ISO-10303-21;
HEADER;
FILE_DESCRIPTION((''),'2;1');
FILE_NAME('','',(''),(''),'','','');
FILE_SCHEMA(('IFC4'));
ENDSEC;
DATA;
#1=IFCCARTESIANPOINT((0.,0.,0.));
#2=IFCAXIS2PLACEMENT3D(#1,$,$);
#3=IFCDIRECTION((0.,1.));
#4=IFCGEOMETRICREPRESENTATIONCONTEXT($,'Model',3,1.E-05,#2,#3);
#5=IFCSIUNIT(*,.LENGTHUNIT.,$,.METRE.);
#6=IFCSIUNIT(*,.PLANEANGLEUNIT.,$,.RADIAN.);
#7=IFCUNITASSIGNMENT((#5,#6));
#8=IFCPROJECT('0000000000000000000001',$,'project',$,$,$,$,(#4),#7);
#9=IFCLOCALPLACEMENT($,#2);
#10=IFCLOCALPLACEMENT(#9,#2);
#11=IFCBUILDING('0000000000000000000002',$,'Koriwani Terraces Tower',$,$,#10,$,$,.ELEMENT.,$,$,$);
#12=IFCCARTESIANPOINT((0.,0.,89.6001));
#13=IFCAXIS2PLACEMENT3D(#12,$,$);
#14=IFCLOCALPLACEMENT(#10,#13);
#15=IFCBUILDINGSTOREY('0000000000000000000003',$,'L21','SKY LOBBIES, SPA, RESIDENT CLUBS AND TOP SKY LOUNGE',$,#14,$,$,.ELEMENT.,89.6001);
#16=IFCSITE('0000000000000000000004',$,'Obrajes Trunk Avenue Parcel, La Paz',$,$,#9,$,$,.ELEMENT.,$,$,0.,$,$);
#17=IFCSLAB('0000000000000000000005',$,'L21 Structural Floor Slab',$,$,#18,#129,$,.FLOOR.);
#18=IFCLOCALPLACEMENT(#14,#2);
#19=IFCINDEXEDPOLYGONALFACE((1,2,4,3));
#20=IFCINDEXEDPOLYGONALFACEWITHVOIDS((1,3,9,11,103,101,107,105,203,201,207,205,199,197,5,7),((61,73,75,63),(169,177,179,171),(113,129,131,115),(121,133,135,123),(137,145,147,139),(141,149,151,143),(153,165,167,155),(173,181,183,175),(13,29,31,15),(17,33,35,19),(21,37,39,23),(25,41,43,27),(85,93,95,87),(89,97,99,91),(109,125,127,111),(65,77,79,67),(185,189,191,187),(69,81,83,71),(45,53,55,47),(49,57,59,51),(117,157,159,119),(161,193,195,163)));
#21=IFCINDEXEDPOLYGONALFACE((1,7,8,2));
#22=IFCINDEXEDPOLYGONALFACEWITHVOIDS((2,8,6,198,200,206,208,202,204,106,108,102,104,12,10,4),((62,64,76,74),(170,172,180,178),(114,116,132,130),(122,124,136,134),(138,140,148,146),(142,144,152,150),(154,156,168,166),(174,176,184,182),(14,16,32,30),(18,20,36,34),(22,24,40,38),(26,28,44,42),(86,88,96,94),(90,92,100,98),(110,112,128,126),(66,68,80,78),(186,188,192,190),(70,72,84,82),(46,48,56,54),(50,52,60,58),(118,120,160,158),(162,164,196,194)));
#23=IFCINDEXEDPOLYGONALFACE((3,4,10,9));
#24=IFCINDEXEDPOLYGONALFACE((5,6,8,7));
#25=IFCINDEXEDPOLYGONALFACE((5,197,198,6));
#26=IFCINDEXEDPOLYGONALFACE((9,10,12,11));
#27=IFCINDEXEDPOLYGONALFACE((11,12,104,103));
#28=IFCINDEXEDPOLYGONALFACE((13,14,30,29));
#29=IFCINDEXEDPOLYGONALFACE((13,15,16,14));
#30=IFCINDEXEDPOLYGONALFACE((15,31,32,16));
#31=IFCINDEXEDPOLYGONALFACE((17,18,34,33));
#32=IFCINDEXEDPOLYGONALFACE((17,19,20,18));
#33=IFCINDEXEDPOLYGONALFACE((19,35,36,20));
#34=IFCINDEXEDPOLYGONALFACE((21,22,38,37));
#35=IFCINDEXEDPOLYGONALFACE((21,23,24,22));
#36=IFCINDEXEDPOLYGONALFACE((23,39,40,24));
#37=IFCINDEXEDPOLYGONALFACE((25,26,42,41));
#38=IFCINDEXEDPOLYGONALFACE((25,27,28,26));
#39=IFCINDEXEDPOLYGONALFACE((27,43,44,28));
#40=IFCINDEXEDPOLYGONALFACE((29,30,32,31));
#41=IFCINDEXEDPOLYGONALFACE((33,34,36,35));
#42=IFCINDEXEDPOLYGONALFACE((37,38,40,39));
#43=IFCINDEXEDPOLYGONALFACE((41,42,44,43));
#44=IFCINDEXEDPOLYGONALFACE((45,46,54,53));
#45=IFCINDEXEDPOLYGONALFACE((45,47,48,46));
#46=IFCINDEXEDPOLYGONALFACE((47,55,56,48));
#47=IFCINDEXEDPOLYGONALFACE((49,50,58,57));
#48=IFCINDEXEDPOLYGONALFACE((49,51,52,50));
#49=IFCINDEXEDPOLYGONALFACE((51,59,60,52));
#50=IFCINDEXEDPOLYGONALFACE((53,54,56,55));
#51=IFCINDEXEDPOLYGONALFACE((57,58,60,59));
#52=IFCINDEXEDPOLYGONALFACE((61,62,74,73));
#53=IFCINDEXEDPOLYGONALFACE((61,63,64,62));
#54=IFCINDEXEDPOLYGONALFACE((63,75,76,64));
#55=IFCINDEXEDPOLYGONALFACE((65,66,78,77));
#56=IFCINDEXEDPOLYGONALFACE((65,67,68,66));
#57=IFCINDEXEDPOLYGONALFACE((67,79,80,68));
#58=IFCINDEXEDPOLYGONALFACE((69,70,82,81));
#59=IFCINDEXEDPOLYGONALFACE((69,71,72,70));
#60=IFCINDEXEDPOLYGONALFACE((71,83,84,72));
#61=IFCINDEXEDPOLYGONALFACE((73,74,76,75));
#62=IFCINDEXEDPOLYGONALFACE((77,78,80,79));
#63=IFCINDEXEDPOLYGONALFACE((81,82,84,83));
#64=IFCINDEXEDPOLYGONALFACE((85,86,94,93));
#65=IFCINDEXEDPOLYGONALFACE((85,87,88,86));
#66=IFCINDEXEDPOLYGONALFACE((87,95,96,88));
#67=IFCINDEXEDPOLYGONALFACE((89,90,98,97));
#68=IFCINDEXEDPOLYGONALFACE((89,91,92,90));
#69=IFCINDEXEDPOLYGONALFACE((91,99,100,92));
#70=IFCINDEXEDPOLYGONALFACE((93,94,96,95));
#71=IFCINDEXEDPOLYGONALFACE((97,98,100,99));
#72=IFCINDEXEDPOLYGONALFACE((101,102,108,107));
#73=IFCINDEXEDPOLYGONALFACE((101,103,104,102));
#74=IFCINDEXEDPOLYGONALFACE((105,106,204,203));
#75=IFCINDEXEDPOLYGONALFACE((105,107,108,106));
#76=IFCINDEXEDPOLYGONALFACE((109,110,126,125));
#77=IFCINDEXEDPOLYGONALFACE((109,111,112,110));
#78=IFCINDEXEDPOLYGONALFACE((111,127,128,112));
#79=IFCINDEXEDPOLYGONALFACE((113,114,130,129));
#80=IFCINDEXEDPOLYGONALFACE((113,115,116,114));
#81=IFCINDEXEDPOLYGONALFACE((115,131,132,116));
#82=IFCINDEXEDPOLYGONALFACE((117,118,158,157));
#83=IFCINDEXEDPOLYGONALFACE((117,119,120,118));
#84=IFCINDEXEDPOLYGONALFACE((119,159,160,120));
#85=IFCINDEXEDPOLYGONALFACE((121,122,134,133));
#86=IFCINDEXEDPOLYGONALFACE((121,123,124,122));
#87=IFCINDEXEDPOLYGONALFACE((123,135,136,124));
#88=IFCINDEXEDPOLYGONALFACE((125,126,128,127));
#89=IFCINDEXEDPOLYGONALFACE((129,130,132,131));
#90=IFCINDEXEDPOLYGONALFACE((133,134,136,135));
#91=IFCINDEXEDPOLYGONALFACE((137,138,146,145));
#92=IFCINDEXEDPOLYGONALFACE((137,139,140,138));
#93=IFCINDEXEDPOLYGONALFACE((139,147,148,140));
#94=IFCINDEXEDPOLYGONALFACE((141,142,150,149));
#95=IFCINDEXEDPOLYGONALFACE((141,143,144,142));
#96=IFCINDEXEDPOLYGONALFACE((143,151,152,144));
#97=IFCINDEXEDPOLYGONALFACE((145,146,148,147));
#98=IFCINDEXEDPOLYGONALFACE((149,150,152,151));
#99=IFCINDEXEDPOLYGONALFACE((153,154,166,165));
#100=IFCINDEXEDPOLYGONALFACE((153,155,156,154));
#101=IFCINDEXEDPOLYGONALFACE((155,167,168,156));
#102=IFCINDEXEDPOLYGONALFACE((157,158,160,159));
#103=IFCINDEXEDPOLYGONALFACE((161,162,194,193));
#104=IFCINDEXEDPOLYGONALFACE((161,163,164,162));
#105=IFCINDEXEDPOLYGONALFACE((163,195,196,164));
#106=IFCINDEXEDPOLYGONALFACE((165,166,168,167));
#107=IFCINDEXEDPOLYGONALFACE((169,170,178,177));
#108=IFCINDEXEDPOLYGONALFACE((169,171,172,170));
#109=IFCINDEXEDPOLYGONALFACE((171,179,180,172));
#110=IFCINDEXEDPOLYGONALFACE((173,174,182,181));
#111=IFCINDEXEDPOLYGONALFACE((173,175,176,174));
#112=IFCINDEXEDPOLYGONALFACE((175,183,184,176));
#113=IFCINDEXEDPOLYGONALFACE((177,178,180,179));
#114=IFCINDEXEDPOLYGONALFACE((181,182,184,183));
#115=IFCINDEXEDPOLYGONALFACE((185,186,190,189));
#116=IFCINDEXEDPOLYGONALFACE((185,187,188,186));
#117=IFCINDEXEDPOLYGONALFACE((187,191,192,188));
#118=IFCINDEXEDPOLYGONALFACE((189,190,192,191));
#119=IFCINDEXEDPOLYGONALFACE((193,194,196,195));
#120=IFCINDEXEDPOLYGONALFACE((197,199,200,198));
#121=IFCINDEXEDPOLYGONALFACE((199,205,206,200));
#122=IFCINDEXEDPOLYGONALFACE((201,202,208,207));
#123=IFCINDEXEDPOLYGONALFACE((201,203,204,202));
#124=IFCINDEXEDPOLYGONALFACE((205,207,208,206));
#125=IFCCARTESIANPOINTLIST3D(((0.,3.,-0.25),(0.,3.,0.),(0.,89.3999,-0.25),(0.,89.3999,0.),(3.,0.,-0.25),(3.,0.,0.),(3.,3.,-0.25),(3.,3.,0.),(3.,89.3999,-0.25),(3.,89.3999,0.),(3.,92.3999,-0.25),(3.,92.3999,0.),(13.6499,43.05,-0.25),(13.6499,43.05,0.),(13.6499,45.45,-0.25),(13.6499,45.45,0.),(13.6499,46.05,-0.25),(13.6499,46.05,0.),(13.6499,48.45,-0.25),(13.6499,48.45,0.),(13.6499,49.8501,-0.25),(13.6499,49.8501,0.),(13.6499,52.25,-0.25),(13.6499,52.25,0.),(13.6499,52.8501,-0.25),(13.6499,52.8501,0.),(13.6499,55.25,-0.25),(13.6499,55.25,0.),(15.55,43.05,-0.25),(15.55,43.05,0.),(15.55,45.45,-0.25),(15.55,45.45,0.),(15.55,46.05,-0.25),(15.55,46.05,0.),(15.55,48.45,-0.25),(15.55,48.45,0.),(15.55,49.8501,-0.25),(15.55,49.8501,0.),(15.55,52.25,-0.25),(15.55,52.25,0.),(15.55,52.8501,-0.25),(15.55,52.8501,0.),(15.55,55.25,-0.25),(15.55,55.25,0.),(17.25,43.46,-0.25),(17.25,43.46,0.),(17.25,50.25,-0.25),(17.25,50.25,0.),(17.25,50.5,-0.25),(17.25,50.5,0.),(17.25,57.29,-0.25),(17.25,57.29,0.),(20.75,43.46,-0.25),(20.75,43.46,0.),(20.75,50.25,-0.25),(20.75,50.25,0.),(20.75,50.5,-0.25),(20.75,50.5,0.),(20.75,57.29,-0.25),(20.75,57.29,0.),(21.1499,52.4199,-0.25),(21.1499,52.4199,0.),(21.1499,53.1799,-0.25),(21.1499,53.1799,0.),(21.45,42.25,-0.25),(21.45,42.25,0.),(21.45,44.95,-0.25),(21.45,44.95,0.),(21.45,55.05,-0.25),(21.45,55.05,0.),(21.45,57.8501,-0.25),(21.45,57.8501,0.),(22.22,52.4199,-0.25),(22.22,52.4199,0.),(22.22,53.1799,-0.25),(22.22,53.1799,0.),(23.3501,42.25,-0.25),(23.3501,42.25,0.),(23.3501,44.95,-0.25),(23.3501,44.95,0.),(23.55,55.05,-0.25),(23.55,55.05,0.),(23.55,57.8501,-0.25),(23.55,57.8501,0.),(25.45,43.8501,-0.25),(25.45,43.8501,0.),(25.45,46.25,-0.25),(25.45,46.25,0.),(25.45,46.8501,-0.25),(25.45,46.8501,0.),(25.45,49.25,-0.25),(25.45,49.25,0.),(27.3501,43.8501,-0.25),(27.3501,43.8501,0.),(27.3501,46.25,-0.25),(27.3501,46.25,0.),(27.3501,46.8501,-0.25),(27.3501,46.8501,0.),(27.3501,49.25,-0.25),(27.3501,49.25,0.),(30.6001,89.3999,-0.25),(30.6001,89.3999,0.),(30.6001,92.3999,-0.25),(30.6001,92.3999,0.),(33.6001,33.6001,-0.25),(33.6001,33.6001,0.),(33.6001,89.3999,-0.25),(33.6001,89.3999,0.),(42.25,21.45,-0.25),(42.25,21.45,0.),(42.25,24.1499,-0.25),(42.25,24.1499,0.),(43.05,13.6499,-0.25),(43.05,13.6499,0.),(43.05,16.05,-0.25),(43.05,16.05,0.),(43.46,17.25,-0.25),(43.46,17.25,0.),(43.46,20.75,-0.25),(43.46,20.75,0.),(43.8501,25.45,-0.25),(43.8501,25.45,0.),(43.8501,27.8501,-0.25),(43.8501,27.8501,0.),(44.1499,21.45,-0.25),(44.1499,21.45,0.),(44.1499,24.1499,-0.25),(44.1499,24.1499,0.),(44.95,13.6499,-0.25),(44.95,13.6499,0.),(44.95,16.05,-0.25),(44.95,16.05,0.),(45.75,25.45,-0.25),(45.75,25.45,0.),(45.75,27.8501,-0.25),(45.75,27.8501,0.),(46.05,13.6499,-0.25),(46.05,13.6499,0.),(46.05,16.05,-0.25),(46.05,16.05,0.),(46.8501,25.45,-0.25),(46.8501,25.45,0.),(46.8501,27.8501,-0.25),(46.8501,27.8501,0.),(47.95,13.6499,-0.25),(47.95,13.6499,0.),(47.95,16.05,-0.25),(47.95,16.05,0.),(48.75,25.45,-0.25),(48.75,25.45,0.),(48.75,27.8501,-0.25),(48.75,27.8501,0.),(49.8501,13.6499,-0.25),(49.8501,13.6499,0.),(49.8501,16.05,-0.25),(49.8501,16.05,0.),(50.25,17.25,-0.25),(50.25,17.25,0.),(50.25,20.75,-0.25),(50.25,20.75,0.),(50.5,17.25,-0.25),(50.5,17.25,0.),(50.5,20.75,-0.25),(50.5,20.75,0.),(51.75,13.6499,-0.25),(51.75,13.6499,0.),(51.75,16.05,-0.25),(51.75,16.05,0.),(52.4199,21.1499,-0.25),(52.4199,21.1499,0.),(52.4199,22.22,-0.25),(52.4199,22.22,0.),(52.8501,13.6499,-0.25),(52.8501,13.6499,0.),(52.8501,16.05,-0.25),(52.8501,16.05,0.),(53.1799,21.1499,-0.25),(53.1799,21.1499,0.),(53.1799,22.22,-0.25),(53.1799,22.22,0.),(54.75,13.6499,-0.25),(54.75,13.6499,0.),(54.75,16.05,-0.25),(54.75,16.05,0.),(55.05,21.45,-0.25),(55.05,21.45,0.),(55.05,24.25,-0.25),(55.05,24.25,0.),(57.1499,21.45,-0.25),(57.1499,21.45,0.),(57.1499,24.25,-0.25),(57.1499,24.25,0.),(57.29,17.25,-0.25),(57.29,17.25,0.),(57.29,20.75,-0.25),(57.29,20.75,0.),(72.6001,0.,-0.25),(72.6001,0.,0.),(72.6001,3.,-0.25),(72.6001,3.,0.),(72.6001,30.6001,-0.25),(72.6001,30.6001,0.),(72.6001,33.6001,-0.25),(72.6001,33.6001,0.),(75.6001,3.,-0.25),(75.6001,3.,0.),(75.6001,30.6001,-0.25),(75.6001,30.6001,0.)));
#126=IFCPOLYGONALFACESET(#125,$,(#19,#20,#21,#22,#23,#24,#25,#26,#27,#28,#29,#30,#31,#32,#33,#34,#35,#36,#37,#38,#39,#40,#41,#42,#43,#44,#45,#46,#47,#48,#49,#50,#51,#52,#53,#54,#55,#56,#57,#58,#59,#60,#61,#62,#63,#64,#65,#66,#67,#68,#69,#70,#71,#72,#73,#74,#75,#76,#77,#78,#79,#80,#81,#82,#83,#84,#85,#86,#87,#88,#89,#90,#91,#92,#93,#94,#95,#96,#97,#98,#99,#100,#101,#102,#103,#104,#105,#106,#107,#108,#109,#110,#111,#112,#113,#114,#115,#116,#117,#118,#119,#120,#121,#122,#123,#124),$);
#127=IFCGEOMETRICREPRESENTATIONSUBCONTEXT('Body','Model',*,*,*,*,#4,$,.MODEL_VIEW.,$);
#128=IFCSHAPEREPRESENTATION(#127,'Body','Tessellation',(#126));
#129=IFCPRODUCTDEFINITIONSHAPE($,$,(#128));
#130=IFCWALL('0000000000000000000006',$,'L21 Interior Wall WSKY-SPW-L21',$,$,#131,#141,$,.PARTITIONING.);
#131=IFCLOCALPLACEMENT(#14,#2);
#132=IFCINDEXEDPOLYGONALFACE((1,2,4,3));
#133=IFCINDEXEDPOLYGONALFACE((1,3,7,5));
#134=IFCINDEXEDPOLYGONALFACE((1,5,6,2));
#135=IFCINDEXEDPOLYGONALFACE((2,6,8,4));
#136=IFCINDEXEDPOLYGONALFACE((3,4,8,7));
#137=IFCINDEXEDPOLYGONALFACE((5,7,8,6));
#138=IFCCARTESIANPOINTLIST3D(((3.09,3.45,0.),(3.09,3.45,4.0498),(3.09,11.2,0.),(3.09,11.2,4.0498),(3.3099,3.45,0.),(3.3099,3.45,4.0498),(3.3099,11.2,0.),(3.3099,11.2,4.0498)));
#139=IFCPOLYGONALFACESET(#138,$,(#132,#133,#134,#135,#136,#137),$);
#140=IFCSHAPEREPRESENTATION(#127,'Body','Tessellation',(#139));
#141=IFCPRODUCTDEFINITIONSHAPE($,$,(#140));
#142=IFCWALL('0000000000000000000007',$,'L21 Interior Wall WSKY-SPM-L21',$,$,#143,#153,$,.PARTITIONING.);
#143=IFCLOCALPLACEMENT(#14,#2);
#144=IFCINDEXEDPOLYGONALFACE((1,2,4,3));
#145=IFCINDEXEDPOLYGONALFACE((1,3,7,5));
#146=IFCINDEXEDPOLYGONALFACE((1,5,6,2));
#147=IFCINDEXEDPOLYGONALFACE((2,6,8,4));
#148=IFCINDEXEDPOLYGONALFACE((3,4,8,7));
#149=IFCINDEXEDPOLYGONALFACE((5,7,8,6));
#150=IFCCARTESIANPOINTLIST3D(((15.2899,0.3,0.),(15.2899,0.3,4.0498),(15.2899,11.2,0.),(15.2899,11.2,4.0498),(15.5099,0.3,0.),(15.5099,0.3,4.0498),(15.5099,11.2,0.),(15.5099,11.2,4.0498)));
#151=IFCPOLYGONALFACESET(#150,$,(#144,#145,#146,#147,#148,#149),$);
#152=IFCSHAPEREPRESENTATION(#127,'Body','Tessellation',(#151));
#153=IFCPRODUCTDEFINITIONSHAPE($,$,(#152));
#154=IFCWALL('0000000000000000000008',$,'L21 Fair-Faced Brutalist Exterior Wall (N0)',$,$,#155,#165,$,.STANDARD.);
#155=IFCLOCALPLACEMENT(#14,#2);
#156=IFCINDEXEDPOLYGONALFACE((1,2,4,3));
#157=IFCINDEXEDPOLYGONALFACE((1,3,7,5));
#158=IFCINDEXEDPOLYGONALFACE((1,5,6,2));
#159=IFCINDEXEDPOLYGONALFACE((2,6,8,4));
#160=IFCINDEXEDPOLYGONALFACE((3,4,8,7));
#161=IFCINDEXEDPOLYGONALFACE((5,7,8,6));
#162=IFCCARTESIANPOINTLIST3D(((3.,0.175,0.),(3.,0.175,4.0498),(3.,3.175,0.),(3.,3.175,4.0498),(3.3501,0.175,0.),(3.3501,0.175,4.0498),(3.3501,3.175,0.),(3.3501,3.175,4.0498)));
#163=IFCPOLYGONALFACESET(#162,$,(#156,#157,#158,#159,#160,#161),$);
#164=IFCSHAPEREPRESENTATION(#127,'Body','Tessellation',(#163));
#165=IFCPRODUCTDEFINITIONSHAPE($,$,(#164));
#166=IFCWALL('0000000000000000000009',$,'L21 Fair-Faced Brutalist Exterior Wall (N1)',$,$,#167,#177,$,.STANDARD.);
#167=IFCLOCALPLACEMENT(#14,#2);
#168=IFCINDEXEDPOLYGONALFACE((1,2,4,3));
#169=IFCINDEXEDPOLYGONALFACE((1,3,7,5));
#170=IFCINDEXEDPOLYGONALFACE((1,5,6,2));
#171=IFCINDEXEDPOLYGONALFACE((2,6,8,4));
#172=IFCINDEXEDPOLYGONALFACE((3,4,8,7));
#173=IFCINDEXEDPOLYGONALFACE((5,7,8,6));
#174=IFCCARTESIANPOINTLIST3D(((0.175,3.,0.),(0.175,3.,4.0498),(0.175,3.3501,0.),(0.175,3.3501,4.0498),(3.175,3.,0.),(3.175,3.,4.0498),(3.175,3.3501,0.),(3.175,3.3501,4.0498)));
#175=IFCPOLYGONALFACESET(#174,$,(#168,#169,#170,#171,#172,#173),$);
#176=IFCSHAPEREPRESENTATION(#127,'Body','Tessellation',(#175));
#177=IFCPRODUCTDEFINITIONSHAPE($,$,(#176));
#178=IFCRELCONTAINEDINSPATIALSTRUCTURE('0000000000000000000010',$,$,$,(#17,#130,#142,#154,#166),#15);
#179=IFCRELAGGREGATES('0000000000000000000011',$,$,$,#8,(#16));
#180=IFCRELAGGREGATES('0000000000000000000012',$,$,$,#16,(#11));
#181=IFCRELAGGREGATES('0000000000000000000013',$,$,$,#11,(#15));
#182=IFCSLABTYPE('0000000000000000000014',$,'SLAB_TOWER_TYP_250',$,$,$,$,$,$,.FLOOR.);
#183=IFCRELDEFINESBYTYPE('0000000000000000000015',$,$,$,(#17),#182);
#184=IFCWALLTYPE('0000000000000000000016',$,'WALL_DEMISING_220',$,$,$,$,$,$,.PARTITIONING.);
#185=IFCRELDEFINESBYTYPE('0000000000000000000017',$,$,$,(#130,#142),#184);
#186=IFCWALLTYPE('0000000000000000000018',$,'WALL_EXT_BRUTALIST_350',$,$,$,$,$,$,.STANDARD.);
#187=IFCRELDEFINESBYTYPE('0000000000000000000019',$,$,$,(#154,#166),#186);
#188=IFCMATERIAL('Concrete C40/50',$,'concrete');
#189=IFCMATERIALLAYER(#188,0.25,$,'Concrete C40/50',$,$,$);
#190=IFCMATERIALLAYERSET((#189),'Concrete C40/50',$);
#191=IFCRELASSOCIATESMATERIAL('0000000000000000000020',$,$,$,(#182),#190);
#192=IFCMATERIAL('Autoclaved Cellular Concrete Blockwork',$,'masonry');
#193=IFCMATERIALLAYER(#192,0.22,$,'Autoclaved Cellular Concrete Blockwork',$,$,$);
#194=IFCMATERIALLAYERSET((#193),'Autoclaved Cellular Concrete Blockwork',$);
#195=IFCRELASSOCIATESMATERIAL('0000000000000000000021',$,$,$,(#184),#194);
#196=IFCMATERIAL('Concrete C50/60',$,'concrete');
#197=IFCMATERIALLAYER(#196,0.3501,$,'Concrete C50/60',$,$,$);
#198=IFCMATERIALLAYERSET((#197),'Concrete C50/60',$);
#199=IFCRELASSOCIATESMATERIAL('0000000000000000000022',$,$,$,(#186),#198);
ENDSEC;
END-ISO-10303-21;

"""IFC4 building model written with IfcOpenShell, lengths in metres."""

from ifc_helpers import new_model, si_unit, direction, frame, frame_2d, origin, place, context, subcontext, project, spatial, polyline, rectangle, outline, extrude, material, layer, layer_set, type_object, element, save


model = new_model("IFC4")

# Units and contexts
model_context = context("Model", 3, precision=1e-05, world=origin(), true_north=direction((0.0, 1.0)))
body_context = subcontext(model_context, "Body", "Model", "MODEL_VIEW")
ifc_project = project(units=[si_unit("LENGTHUNIT", "METRE"), si_unit("PLANEANGLEUNIT", "RADIAN")], contexts=[model_context])

# Site, building, storey
site_placement = place(None, origin())
site = spatial("IfcSite", under=ifc_project, at=site_placement, Name="Obrajes Trunk Avenue Parcel, La Paz", CompositionType="ELEMENT", RefElevation=0.0)
building_placement = place(site_placement, origin())
building = spatial("IfcBuilding", under=site, at=building_placement, Name="Koriwani Terraces Tower", CompositionType="ELEMENT")
storey_placement = place(building_placement, frame((0.0, 0.0, 89.6001)))
storey = spatial("IfcBuildingStorey", under=building, at=storey_placement, Name="L21", Description="SKY LOBBIES, SPA, RESIDENT CLUBS AND TOP SKY LOUNGE", CompositionType="ELEMENT", Elevation=89.6001)

# Shared definitions
ifc_material_1 = material(Name="Concrete C40/50", Category="concrete")
ifc_material_2 = material(Name="Concrete C50/60", Category="concrete")

# Slab
ifc_layer_1 = layer(ifc_material_1, 0.25, Name="Concrete C40/50")
ifc_layer_set_1 = layer_set([ifc_layer_1], Name="Concrete C40/50")
slab_type_1 = type_object("IfcSlabType", Name="SLAB_TOWER_TYP_250", PredefinedType="FLOOR", material=ifc_layer_set_1)
slab_1_placement = place(storey_placement, frame((0.0, 0.0, -0.25)))
element("IfcSlab", 1, at=slab_1_placement, inside=storey, type_object=slab_type_1, Name="L21 Structural Floor Slab", PredefinedType="FLOOR", context=body_context, shape_type="SweptSolid", body=[
    extrude(outline(polyline([(3.0, 0.0), (72.6001, 0.0), (72.6001, 3.0), (75.6001, 3.0), (75.6001, 30.6001), (72.6001, 30.6001), (72.6001, 33.6001), (33.6001, 33.6001), (33.6001, 89.3999), (30.6001, 89.3999), (30.6001, 92.3999), (3.0, 92.3999), (3.0, 89.3999), (0.0, 89.3999), (0.0, 3.0), (3.0, 3.0), (3.0, 0.0)]), holes=[polyline([(17.25, 43.46), (20.75, 43.46), (20.75, 50.25), (17.25, 50.25), (17.25, 43.46)]), polyline([(17.25, 50.5), (20.75, 50.5), (20.75, 57.29), (17.25, 57.29), (17.25, 50.5)]), polyline([(43.46, 17.25), (50.25, 17.25), (50.25, 20.75), (43.46, 20.75), (43.46, 17.25)]), polyline([(50.5, 17.25), (57.29, 17.25), (57.29, 20.75), (50.5, 20.75), (50.5, 17.25)]), polyline([(13.6499, 43.05), (15.55, 43.05), (15.55, 45.45), (13.6499, 45.45), (13.6499, 43.05)]), polyline([(13.6499, 46.05), (15.55, 46.05), (15.55, 48.45), (13.6499, 48.45), (13.6499, 46.05)]), polyline([(43.05, 13.6499), (44.95, 13.6499), (44.95, 16.05), (43.05, 16.05), (43.05, 13.6499)]), polyline([(46.05, 13.6499), (47.95, 13.6499), (47.95, 16.05), (46.05, 16.05), (46.05, 13.6499)]), polyline([(13.6499, 49.8501), (15.55, 49.8501), (15.55, 52.25), (13.6499, 52.25), (13.6499, 49.8501)]), polyline([(13.6499, 52.8501), (15.55, 52.8501), (15.55, 55.25), (13.6499, 55.25), (13.6499, 52.8501)]), polyline([(49.8501, 13.6499), (51.75, 13.6499), (51.75, 16.05), (49.8501, 16.05), (49.8501, 13.6499)]), polyline([(52.8501, 13.6499), (54.75, 13.6499), (54.75, 16.05), (52.8501, 16.05), (52.8501, 13.6499)]), polyline([(25.45, 43.8501), (27.3501, 43.8501), (27.3501, 46.25), (25.45, 46.25), (25.45, 43.8501)]), polyline([(25.45, 46.8501), (27.3501, 46.8501), (27.3501, 49.25), (25.45, 49.25), (25.45, 46.8501)]), polyline([(43.8501, 25.45), (45.75, 25.45), (45.75, 27.8501), (43.8501, 27.8501), (43.8501, 25.45)]), polyline([(46.8501, 25.45), (48.75, 25.45), (48.75, 27.8501), (46.8501, 27.8501), (46.8501, 25.45)]), polyline([(21.45, 55.05), (23.55, 55.05), (23.55, 57.8501), (21.45, 57.8501), (21.45, 55.05)]), polyline([(55.05, 21.45), (57.1499, 21.45), (57.1499, 24.25), (55.05, 24.25), (55.05, 21.45)]), polyline([(21.45, 42.25), (23.3501, 42.25), (23.3501, 44.95), (21.45, 44.95), (21.45, 42.25)]), polyline([(42.25, 21.45), (44.1499, 21.45), (44.1499, 24.1499), (42.25, 24.1499), (42.25, 21.45)]), polyline([(21.1499, 52.4199), (22.22, 52.4199), (22.22, 53.1799), (21.1499, 53.1799), (21.1499, 52.4199)]), polyline([(52.4199, 21.1499), (53.1799, 21.1499), (53.1799, 22.22), (52.4199, 22.22), (52.4199, 21.1499)])]), origin(), (0.0, 0.0, 1.0), 0.25),
])

# Walls
ifc_material_3 = material(Name="Autoclaved Cellular Concrete Blockwork", Category="masonry")
ifc_layer_2 = layer(ifc_material_3, 0.22, Name="Autoclaved Cellular Concrete Blockwork")
ifc_layer_set_2 = layer_set([ifc_layer_2], Name="Autoclaved Cellular Concrete Blockwork")
wall_type_1 = type_object("IfcWallType", Name="WALL_DEMISING_220", PredefinedType="PARTITIONING", material=ifc_layer_set_2)
wall_1_placement = place(storey_placement, frame((3.2, 3.45, 0.0), z_axis=(0.0, 0.0, 1.0), x_axis=(0.0, 1.0, 0.0)))
element("IfcWall", 2, at=wall_1_placement, inside=storey, type_object=wall_type_1, Name="L21 Interior Wall WSKY-SPW-L21", PredefinedType="PARTITIONING", context=body_context, shape_type="SweptSolid", body=[
    extrude(rectangle(XDim=7.75, YDim=0.22, at=frame_2d((3.875, 0.0))), origin(), (0.0, 0.0, 1.0), 4.0498),
])
wall_2_placement = place(storey_placement, frame((15.3999, 0.3, 0.0), z_axis=(0.0, 0.0, 1.0), x_axis=(0.0, 1.0, 0.0)))
element("IfcWall", 3, at=wall_2_placement, inside=storey, type_object=wall_type_1, Name="L21 Interior Wall WSKY-SPM-L21", PredefinedType="PARTITIONING", context=body_context, shape_type="SweptSolid", body=[
    extrude(rectangle(XDim=10.8999, YDim=0.22, at=frame_2d((5.45, 0.0))), origin(), (0.0, 0.0, 1.0), 4.0498),
])
ifc_layer_3 = layer(ifc_material_2, 0.3501, Name="Concrete C50/60")
ifc_layer_set_3 = layer_set([ifc_layer_3], Name="Concrete C50/60")
wall_type_2 = type_object("IfcWallType", Name="WALL_EXT_BRUTALIST_350", PredefinedType="STANDARD", material=ifc_layer_set_3)
for number, where, z_axis, x_axis, name in (
    (4, (3.175, 0.175, 0.0), (0.0, 0.0, 1.0), (0.0, 1.0, 0.0), "L21 Fair-Faced Brutalist Exterior Wall (N0)"),
    (5, (3.175, 3.175, 0.0), (0.0, 0.0, 1.0), (-1.0, 0.0, 0.0), "L21 Fair-Faced Brutalist Exterior Wall (N1)"),
):
    element("IfcWall", number, at=place(storey_placement, frame(where, z_axis=z_axis, x_axis=x_axis)), inside=storey, type_object=wall_type_2, Name=name, PredefinedType="STANDARD", context=body_context, shape_type="SweptSolid", body=[
        extrude(rectangle(XDim=3.0, YDim=0.3501, at=frame_2d((1.5, 0.0))), origin(), (0.0, 0.0, 1.0), 4.0498),
    ])

save(model, "model.ifc")
